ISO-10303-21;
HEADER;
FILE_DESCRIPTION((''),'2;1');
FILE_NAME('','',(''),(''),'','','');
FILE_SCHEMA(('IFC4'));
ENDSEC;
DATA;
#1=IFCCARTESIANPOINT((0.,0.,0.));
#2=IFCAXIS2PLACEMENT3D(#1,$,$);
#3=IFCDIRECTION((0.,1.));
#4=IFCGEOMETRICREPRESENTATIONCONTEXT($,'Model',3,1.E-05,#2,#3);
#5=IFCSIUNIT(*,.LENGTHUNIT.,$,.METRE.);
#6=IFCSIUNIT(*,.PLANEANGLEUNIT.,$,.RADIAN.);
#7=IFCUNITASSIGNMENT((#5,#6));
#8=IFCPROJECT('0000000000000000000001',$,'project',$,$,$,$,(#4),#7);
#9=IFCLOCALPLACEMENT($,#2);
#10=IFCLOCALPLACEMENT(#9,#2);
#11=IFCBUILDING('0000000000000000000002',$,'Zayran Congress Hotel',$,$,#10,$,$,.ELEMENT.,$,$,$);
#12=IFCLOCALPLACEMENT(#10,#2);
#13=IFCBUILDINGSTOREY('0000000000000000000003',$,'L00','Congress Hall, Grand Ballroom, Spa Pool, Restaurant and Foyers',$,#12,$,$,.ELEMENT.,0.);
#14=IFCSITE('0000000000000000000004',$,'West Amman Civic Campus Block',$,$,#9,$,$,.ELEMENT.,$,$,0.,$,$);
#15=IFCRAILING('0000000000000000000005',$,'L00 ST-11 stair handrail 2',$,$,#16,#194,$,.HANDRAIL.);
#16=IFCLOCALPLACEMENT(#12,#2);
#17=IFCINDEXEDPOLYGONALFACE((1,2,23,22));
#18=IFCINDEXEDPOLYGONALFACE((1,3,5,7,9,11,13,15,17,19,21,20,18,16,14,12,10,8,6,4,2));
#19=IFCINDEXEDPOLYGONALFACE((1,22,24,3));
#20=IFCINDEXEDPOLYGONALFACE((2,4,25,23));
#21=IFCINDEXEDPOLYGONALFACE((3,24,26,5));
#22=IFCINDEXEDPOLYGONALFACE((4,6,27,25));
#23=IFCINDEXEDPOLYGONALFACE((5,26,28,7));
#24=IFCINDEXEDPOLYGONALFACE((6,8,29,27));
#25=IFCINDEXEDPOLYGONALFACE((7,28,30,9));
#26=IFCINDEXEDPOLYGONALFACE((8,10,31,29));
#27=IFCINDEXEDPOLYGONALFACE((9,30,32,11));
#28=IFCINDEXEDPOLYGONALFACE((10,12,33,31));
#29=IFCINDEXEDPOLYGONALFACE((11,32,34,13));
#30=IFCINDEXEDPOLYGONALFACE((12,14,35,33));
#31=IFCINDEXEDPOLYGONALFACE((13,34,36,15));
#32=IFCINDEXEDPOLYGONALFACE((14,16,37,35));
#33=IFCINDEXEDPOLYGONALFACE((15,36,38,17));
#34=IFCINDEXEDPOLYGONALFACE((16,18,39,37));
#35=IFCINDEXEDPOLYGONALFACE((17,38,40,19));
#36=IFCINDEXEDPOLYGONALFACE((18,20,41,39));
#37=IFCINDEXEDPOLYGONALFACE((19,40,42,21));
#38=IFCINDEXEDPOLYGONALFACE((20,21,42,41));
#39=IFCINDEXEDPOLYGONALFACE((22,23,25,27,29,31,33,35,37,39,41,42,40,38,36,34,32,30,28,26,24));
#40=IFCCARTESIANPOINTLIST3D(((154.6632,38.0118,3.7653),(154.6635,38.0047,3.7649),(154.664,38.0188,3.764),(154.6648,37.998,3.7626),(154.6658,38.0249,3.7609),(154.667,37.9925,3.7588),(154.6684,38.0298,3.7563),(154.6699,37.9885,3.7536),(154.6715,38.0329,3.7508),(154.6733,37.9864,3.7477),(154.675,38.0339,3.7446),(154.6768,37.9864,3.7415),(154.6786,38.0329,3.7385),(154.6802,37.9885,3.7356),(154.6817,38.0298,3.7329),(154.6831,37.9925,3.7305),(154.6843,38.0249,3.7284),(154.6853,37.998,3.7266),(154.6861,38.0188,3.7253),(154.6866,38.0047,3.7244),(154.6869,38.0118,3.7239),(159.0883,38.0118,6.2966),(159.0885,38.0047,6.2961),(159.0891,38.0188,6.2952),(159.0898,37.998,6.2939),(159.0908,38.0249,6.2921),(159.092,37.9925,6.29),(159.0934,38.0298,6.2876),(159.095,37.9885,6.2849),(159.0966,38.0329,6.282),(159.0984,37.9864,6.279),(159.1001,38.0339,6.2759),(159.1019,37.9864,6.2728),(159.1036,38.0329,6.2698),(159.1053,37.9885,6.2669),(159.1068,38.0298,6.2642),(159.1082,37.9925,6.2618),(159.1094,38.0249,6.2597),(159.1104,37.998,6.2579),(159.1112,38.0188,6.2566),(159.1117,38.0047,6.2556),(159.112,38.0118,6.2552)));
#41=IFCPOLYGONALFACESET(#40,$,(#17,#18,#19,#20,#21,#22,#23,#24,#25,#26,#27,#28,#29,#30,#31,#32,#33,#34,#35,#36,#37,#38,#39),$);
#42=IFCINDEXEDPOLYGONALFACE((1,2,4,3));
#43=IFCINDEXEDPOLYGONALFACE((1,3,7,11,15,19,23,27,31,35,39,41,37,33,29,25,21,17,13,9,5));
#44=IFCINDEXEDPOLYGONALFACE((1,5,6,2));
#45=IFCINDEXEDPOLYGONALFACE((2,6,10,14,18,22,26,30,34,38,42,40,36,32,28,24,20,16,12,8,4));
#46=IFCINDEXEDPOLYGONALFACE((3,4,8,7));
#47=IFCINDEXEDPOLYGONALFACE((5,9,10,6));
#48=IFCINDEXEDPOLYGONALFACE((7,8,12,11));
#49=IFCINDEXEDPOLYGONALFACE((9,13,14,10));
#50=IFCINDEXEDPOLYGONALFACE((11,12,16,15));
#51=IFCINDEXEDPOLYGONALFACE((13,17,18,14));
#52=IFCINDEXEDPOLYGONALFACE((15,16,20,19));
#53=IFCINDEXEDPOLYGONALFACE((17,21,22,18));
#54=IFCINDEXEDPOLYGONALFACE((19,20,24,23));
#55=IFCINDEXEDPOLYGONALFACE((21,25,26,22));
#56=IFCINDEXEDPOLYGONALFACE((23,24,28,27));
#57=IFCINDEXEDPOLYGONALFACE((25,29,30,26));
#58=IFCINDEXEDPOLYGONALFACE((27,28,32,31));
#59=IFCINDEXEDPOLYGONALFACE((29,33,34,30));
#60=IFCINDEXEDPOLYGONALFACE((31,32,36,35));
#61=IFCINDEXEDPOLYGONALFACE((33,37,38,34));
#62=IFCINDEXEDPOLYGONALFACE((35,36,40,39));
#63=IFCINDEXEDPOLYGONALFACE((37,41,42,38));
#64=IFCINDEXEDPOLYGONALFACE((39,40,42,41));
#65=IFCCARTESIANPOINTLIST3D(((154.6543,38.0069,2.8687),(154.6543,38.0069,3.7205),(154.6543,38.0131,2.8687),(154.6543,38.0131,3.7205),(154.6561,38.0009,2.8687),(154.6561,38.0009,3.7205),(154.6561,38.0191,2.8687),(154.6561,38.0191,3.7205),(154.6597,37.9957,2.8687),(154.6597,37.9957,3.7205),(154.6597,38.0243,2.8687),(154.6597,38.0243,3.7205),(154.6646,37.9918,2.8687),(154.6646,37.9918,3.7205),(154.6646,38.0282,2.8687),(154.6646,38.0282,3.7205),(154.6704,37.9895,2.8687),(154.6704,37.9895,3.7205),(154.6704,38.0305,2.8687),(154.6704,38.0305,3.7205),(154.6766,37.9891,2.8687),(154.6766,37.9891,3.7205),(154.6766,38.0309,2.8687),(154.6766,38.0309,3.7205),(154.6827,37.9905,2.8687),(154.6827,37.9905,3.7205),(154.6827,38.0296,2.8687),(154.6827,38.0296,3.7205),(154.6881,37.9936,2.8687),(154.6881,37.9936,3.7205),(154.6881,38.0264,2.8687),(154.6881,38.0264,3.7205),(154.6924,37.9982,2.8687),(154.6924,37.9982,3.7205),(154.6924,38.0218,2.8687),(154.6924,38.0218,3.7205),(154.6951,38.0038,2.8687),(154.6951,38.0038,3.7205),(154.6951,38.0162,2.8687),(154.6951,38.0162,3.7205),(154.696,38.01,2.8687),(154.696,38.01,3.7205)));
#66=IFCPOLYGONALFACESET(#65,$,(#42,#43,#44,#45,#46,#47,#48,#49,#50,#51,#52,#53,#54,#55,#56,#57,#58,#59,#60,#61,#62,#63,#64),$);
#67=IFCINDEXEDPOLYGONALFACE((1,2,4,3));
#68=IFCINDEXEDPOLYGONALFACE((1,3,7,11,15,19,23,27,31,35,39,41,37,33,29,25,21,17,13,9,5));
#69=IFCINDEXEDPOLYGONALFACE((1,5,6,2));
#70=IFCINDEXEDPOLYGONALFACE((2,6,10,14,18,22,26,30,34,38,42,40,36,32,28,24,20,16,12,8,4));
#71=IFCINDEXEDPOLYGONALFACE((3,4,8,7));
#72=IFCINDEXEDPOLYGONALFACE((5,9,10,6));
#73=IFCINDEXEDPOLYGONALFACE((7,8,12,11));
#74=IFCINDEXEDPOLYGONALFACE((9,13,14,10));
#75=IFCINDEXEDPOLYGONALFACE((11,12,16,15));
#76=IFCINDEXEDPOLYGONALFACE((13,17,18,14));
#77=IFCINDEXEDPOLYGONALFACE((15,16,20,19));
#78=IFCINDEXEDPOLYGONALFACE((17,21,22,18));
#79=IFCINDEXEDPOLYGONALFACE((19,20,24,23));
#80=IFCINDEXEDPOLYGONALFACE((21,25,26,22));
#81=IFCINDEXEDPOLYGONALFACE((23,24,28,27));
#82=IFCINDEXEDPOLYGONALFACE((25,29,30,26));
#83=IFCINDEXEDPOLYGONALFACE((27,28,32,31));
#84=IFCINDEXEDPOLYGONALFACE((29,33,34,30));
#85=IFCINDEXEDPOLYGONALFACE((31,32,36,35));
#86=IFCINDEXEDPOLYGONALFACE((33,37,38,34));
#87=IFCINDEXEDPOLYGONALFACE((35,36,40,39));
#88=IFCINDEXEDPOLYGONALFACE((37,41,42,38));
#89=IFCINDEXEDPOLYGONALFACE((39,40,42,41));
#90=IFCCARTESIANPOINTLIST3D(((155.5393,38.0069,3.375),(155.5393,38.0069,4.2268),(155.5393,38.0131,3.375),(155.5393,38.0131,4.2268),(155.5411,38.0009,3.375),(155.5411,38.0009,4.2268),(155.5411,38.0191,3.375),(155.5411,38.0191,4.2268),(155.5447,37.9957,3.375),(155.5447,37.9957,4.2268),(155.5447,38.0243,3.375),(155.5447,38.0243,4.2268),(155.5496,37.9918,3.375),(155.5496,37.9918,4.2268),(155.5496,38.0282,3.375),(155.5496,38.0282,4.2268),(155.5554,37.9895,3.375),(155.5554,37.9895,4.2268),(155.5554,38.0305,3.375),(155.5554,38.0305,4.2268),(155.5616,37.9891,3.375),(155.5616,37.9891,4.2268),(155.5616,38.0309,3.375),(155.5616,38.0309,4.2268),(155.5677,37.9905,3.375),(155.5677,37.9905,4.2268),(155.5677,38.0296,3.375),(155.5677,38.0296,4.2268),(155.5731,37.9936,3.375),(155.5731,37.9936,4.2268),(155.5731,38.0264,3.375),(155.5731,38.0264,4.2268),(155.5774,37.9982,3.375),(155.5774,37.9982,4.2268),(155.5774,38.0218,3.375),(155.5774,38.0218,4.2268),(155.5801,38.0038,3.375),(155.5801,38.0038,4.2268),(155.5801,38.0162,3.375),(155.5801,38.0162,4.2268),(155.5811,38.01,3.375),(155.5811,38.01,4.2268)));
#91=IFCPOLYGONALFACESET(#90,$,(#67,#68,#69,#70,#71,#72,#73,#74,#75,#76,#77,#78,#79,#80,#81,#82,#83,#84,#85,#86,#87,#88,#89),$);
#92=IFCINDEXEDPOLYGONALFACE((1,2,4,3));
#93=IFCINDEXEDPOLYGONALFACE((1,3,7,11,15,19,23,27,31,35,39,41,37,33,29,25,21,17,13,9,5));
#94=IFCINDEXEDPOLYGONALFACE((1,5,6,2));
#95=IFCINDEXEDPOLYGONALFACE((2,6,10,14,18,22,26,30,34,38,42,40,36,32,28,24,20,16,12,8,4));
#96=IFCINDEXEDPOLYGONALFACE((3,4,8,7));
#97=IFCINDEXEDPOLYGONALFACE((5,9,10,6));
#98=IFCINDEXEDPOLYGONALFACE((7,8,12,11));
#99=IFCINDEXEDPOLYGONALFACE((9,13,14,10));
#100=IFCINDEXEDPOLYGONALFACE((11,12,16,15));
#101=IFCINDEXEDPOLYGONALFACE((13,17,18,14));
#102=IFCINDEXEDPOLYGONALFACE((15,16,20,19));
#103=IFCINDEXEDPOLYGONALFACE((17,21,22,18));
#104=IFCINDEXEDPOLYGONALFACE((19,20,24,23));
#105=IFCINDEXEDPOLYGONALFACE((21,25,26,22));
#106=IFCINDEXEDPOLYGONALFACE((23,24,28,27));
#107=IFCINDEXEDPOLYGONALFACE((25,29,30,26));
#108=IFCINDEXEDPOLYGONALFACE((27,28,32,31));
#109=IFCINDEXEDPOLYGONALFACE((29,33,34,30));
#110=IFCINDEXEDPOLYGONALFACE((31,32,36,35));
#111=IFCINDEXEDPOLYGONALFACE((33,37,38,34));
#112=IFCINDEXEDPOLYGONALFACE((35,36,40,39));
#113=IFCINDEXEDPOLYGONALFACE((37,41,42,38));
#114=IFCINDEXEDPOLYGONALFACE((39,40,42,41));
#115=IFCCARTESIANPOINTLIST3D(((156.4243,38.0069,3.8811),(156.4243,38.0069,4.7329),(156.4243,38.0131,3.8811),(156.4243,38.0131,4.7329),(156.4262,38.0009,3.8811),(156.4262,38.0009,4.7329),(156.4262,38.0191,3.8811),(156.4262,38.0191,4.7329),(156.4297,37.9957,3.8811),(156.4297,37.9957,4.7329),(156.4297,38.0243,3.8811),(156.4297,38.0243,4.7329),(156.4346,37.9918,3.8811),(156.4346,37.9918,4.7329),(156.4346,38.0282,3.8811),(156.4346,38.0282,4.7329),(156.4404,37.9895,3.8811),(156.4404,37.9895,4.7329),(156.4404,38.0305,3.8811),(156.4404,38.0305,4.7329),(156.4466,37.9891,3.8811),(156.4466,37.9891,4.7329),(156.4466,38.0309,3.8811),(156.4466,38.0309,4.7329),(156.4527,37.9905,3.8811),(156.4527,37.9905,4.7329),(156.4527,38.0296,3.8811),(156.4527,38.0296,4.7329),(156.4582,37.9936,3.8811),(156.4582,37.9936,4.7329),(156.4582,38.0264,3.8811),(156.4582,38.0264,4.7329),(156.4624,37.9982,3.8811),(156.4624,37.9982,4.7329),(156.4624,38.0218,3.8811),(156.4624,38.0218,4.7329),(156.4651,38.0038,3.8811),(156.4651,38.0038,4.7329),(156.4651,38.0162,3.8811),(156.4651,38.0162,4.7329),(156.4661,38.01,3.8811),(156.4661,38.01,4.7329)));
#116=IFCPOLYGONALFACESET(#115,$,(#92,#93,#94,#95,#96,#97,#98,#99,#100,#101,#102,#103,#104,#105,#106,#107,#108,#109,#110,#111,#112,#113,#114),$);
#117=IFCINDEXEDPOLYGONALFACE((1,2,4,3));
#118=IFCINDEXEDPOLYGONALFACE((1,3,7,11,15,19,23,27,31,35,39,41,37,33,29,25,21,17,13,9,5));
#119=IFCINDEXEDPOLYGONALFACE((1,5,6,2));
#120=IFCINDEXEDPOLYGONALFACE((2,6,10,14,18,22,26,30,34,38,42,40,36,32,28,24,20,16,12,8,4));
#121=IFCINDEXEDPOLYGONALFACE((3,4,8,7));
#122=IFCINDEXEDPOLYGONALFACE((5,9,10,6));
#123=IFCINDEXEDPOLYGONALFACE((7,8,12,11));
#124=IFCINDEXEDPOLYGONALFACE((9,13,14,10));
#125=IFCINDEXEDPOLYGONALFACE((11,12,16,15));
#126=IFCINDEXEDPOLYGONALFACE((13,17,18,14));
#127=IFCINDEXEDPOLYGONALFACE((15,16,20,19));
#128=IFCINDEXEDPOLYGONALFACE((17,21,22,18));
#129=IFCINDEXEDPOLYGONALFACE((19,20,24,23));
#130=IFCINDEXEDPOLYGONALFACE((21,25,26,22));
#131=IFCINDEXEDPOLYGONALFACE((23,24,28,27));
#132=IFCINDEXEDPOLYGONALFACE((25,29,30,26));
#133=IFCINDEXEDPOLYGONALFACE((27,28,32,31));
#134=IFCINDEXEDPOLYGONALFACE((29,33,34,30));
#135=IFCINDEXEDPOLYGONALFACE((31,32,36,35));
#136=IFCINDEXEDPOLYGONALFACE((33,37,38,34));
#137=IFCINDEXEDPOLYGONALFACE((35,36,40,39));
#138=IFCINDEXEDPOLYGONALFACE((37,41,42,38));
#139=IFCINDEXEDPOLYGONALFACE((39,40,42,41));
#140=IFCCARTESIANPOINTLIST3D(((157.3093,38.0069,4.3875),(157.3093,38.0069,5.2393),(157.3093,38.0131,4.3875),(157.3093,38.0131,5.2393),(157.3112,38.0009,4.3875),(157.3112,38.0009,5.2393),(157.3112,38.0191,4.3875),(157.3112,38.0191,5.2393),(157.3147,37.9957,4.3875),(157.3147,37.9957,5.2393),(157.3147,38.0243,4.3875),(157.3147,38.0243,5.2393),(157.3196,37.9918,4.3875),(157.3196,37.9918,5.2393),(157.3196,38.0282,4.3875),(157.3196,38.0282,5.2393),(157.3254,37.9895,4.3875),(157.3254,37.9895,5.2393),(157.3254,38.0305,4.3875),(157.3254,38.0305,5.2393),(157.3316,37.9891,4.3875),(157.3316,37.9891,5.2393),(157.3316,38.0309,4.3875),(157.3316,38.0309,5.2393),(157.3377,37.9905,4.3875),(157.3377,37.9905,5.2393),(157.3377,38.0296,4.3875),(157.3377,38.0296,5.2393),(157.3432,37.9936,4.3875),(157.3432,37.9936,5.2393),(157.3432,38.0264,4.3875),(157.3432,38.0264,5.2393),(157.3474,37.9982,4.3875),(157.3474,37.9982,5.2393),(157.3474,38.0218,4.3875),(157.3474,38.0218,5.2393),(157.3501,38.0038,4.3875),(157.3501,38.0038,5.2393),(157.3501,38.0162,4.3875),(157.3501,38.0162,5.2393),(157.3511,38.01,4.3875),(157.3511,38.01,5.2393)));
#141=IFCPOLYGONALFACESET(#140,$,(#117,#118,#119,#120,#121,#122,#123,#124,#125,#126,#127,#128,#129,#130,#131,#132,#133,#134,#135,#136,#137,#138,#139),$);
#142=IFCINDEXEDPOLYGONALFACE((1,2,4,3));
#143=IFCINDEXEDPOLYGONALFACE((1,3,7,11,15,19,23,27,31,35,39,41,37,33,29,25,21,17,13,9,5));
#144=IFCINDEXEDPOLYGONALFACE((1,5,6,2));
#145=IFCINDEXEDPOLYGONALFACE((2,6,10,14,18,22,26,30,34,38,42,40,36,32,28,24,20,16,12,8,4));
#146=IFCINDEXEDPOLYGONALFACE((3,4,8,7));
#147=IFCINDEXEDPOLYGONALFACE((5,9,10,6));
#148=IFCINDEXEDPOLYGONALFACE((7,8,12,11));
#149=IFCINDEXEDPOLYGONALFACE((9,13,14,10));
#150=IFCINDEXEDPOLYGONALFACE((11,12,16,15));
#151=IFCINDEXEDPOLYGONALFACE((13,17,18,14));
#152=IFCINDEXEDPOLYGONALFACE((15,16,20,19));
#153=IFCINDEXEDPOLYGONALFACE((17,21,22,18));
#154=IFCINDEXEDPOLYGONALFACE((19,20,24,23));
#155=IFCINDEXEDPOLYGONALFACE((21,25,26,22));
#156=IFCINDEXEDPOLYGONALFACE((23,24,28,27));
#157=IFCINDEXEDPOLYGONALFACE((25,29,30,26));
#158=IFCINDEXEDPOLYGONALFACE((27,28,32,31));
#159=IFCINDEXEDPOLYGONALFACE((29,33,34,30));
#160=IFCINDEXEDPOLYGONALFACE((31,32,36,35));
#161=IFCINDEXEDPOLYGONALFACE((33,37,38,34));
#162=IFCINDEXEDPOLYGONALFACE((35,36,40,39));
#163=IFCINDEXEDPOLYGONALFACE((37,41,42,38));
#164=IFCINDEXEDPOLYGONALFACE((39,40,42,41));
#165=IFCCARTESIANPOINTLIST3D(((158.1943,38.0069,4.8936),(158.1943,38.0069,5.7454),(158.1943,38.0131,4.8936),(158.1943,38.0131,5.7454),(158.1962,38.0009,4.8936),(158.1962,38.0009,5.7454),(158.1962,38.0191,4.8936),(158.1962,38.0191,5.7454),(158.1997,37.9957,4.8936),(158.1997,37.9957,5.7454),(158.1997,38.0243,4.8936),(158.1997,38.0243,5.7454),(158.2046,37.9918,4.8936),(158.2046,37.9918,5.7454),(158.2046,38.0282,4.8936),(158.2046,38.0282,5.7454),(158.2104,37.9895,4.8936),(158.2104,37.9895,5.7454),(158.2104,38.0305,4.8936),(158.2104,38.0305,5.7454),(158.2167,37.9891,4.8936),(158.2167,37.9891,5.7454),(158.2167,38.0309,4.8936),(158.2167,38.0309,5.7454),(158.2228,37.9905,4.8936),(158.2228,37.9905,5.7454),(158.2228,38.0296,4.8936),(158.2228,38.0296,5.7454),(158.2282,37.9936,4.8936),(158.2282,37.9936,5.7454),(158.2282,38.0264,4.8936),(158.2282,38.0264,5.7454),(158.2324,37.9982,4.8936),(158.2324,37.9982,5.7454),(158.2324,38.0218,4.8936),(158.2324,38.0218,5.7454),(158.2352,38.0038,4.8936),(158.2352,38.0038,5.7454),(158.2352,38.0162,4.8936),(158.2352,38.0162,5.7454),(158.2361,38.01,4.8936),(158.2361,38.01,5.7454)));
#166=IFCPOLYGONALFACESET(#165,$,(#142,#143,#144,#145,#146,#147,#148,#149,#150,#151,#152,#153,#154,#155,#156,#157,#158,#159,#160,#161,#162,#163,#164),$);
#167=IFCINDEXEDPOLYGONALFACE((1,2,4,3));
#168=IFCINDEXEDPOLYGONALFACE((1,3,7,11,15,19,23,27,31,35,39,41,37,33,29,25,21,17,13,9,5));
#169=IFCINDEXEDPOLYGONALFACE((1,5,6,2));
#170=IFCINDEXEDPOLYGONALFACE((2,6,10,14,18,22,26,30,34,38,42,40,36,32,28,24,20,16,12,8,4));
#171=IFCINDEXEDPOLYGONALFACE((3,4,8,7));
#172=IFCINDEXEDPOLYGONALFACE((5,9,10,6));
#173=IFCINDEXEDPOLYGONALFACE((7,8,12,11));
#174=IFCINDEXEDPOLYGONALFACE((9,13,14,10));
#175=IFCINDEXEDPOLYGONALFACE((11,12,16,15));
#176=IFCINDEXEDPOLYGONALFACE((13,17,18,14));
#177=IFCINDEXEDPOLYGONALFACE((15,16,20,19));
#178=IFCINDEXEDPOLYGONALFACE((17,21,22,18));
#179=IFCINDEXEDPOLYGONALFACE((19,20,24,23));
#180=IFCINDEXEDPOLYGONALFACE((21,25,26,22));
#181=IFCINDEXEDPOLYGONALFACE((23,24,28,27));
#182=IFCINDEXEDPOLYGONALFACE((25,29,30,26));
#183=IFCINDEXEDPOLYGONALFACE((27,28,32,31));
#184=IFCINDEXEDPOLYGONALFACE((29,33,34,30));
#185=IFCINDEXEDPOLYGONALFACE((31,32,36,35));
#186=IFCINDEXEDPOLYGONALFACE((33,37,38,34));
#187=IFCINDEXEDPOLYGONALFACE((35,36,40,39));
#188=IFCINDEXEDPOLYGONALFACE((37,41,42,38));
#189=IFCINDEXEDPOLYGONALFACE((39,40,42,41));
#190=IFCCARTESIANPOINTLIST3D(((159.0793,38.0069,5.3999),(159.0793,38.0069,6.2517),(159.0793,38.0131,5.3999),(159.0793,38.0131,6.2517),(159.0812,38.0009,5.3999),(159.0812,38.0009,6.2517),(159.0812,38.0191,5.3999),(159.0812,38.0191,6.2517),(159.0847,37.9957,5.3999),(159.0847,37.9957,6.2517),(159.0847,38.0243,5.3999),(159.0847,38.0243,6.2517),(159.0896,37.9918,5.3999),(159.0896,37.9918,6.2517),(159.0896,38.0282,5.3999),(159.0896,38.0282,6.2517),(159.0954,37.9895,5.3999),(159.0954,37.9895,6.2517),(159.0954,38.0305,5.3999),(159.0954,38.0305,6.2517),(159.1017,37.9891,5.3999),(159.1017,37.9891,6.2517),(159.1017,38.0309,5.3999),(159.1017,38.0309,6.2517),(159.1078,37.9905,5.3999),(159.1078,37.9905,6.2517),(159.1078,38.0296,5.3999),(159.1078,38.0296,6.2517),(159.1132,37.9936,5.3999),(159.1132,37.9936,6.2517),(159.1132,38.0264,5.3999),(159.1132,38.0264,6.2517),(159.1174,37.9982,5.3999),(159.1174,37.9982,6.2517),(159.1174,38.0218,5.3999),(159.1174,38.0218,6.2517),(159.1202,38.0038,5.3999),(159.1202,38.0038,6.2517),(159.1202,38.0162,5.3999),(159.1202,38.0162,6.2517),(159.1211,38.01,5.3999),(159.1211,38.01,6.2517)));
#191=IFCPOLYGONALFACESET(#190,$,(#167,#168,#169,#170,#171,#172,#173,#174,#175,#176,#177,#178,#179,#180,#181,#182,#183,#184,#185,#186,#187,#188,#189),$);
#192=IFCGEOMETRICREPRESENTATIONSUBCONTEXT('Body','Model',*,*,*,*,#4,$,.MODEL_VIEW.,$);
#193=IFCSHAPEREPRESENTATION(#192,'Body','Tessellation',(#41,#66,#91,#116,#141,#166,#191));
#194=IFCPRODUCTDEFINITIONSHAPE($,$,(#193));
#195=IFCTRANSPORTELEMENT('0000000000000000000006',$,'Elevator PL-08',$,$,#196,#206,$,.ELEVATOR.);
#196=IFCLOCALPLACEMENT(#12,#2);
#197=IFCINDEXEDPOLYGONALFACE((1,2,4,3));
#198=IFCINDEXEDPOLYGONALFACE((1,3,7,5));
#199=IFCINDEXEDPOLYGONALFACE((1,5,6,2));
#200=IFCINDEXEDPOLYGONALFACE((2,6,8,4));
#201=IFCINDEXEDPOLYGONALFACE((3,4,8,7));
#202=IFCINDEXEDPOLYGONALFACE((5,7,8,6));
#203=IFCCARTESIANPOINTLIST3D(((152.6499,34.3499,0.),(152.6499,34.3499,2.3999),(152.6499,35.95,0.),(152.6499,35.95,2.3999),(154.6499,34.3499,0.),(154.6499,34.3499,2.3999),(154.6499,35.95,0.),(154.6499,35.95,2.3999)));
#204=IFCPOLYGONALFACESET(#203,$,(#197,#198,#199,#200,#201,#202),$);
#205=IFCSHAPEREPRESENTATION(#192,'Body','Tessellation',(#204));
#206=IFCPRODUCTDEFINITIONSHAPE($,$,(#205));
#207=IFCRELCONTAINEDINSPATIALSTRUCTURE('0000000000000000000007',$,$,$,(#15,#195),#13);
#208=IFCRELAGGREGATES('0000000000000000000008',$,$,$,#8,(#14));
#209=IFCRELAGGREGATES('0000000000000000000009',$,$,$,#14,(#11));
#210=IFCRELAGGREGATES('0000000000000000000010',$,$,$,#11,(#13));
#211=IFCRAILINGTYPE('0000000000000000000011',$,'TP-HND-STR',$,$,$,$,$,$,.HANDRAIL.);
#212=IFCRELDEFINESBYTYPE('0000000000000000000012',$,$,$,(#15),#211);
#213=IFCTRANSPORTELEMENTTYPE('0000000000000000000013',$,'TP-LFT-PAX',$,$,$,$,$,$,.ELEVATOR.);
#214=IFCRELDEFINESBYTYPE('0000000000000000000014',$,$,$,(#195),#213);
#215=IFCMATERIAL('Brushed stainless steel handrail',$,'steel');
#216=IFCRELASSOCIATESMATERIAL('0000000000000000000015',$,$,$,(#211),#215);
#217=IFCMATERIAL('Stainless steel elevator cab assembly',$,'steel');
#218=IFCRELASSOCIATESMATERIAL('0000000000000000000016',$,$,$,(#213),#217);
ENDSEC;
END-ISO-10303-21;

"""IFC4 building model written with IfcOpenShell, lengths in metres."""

from ifc_helpers import new_model, si_unit, direction, frame, origin, origin_2d, place, context, subcontext, project, spatial, rectangle, circle, extrude, material, type_object, element, save


model = new_model("IFC4")

# Units and contexts
model_context = context("Model", 3, precision=1e-05, world=origin(), true_north=direction((0.0, 1.0)))
body_context = subcontext(model_context, "Body", "Model", "MODEL_VIEW")
ifc_project = project(units=[si_unit("LENGTHUNIT", "METRE"), si_unit("PLANEANGLEUNIT", "RADIAN")], contexts=[model_context])

# Site, building, storey
site_placement = place(None, origin())
site = spatial("IfcSite", under=ifc_project, at=site_placement, Name="West Amman Civic Campus Block", CompositionType="ELEMENT", RefElevation=0.0)
building_placement = place(site_placement, origin())
building = spatial("IfcBuilding", under=site, at=building_placement, Name="Zayran Congress Hotel", CompositionType="ELEMENT")
storey_placement = place(building_placement, origin())
storey = spatial("IfcBuildingStorey", under=building, at=storey_placement, Name="L00", Description="Congress Hall, Grand Ballroom, Spa Pool, Restaurant and Foyers", CompositionType="ELEMENT", Elevation=0.0)

# Railing
ifc_material_1 = material(Name="Brushed stainless steel handrail", Category="steel")
railing_type_1 = type_object("IfcRailingType", Name="TP-HND-STR", PredefinedType="HANDRAIL", material=ifc_material_1)
railing_1_placement = place(storey_placement, frame((154.675, 38.01, 2.8687)))
element("IfcRailing", 1, at=railing_1_placement, inside=storey, type_object=railing_type_1, Name="L00 ST-11 stair handrail 2", PredefinedType="HANDRAIL", context=body_context, shape_type="SweptSolid", body=[
    extrude(circle(Radius=0.0239, at=origin_2d()), frame((0.0, 0.0, 0.876), z_axis=(0.868019, 0.0, 0.496531), x_axis=(0.0, 1.0, 0.0)), (0.0, 0.0, 1.0), 5.0979),
    extrude(circle(Radius=0.021, at=origin_2d()), origin(), (0.0, 0.0, 1.0), 0.8518),
    extrude(circle(Radius=0.021, at=origin_2d()), frame((0.885, 0.0, 0.5063)), (0.0, 0.0, 1.0), 0.8518),
    extrude(circle(Radius=0.021, at=origin_2d()), frame((1.77, 0.0, 1.0125)), (0.0, 0.0, 1.0), 0.8518),
    extrude(circle(Radius=0.021, at=origin_2d()), frame((2.655, 0.0, 1.5188)), (0.0, 0.0, 1.0), 0.8518),
    extrude(circle(Radius=0.021, at=origin_2d()), frame((3.54, 0.0, 2.0249)), (0.0, 0.0, 1.0), 0.8518),
    extrude(circle(Radius=0.021, at=origin_2d()), frame((4.425, 0.0, 2.5312)), (0.0, 0.0, 1.0), 0.8518),
])

# Transport element
ifc_material_2 = material(Name="Stainless steel elevator cab assembly", Category="steel")
transport_element_type = type_object("IfcTransportElementType", Name="TP-LFT-PAX", PredefinedType="ELEVATOR", material=ifc_material_2)
transport_element_placement = place(storey_placement, frame((153.6499, 35.1499, 0.0), z_axis=(0.0, 0.0, 1.0), x_axis=(1.0, 0.0, 0.0)))
element("IfcTransportElement", 2, at=transport_element_placement, inside=storey, type_object=transport_element_type, Name="Elevator PL-08", PredefinedType="ELEVATOR", context=body_context, shape_type="SweptSolid", body=[
    extrude(rectangle(XDim=2.0, YDim=1.6001, at=origin_2d()), origin(), (0.0, 0.0, 1.0), 2.3999),
])

save(model, "model.ifc")
